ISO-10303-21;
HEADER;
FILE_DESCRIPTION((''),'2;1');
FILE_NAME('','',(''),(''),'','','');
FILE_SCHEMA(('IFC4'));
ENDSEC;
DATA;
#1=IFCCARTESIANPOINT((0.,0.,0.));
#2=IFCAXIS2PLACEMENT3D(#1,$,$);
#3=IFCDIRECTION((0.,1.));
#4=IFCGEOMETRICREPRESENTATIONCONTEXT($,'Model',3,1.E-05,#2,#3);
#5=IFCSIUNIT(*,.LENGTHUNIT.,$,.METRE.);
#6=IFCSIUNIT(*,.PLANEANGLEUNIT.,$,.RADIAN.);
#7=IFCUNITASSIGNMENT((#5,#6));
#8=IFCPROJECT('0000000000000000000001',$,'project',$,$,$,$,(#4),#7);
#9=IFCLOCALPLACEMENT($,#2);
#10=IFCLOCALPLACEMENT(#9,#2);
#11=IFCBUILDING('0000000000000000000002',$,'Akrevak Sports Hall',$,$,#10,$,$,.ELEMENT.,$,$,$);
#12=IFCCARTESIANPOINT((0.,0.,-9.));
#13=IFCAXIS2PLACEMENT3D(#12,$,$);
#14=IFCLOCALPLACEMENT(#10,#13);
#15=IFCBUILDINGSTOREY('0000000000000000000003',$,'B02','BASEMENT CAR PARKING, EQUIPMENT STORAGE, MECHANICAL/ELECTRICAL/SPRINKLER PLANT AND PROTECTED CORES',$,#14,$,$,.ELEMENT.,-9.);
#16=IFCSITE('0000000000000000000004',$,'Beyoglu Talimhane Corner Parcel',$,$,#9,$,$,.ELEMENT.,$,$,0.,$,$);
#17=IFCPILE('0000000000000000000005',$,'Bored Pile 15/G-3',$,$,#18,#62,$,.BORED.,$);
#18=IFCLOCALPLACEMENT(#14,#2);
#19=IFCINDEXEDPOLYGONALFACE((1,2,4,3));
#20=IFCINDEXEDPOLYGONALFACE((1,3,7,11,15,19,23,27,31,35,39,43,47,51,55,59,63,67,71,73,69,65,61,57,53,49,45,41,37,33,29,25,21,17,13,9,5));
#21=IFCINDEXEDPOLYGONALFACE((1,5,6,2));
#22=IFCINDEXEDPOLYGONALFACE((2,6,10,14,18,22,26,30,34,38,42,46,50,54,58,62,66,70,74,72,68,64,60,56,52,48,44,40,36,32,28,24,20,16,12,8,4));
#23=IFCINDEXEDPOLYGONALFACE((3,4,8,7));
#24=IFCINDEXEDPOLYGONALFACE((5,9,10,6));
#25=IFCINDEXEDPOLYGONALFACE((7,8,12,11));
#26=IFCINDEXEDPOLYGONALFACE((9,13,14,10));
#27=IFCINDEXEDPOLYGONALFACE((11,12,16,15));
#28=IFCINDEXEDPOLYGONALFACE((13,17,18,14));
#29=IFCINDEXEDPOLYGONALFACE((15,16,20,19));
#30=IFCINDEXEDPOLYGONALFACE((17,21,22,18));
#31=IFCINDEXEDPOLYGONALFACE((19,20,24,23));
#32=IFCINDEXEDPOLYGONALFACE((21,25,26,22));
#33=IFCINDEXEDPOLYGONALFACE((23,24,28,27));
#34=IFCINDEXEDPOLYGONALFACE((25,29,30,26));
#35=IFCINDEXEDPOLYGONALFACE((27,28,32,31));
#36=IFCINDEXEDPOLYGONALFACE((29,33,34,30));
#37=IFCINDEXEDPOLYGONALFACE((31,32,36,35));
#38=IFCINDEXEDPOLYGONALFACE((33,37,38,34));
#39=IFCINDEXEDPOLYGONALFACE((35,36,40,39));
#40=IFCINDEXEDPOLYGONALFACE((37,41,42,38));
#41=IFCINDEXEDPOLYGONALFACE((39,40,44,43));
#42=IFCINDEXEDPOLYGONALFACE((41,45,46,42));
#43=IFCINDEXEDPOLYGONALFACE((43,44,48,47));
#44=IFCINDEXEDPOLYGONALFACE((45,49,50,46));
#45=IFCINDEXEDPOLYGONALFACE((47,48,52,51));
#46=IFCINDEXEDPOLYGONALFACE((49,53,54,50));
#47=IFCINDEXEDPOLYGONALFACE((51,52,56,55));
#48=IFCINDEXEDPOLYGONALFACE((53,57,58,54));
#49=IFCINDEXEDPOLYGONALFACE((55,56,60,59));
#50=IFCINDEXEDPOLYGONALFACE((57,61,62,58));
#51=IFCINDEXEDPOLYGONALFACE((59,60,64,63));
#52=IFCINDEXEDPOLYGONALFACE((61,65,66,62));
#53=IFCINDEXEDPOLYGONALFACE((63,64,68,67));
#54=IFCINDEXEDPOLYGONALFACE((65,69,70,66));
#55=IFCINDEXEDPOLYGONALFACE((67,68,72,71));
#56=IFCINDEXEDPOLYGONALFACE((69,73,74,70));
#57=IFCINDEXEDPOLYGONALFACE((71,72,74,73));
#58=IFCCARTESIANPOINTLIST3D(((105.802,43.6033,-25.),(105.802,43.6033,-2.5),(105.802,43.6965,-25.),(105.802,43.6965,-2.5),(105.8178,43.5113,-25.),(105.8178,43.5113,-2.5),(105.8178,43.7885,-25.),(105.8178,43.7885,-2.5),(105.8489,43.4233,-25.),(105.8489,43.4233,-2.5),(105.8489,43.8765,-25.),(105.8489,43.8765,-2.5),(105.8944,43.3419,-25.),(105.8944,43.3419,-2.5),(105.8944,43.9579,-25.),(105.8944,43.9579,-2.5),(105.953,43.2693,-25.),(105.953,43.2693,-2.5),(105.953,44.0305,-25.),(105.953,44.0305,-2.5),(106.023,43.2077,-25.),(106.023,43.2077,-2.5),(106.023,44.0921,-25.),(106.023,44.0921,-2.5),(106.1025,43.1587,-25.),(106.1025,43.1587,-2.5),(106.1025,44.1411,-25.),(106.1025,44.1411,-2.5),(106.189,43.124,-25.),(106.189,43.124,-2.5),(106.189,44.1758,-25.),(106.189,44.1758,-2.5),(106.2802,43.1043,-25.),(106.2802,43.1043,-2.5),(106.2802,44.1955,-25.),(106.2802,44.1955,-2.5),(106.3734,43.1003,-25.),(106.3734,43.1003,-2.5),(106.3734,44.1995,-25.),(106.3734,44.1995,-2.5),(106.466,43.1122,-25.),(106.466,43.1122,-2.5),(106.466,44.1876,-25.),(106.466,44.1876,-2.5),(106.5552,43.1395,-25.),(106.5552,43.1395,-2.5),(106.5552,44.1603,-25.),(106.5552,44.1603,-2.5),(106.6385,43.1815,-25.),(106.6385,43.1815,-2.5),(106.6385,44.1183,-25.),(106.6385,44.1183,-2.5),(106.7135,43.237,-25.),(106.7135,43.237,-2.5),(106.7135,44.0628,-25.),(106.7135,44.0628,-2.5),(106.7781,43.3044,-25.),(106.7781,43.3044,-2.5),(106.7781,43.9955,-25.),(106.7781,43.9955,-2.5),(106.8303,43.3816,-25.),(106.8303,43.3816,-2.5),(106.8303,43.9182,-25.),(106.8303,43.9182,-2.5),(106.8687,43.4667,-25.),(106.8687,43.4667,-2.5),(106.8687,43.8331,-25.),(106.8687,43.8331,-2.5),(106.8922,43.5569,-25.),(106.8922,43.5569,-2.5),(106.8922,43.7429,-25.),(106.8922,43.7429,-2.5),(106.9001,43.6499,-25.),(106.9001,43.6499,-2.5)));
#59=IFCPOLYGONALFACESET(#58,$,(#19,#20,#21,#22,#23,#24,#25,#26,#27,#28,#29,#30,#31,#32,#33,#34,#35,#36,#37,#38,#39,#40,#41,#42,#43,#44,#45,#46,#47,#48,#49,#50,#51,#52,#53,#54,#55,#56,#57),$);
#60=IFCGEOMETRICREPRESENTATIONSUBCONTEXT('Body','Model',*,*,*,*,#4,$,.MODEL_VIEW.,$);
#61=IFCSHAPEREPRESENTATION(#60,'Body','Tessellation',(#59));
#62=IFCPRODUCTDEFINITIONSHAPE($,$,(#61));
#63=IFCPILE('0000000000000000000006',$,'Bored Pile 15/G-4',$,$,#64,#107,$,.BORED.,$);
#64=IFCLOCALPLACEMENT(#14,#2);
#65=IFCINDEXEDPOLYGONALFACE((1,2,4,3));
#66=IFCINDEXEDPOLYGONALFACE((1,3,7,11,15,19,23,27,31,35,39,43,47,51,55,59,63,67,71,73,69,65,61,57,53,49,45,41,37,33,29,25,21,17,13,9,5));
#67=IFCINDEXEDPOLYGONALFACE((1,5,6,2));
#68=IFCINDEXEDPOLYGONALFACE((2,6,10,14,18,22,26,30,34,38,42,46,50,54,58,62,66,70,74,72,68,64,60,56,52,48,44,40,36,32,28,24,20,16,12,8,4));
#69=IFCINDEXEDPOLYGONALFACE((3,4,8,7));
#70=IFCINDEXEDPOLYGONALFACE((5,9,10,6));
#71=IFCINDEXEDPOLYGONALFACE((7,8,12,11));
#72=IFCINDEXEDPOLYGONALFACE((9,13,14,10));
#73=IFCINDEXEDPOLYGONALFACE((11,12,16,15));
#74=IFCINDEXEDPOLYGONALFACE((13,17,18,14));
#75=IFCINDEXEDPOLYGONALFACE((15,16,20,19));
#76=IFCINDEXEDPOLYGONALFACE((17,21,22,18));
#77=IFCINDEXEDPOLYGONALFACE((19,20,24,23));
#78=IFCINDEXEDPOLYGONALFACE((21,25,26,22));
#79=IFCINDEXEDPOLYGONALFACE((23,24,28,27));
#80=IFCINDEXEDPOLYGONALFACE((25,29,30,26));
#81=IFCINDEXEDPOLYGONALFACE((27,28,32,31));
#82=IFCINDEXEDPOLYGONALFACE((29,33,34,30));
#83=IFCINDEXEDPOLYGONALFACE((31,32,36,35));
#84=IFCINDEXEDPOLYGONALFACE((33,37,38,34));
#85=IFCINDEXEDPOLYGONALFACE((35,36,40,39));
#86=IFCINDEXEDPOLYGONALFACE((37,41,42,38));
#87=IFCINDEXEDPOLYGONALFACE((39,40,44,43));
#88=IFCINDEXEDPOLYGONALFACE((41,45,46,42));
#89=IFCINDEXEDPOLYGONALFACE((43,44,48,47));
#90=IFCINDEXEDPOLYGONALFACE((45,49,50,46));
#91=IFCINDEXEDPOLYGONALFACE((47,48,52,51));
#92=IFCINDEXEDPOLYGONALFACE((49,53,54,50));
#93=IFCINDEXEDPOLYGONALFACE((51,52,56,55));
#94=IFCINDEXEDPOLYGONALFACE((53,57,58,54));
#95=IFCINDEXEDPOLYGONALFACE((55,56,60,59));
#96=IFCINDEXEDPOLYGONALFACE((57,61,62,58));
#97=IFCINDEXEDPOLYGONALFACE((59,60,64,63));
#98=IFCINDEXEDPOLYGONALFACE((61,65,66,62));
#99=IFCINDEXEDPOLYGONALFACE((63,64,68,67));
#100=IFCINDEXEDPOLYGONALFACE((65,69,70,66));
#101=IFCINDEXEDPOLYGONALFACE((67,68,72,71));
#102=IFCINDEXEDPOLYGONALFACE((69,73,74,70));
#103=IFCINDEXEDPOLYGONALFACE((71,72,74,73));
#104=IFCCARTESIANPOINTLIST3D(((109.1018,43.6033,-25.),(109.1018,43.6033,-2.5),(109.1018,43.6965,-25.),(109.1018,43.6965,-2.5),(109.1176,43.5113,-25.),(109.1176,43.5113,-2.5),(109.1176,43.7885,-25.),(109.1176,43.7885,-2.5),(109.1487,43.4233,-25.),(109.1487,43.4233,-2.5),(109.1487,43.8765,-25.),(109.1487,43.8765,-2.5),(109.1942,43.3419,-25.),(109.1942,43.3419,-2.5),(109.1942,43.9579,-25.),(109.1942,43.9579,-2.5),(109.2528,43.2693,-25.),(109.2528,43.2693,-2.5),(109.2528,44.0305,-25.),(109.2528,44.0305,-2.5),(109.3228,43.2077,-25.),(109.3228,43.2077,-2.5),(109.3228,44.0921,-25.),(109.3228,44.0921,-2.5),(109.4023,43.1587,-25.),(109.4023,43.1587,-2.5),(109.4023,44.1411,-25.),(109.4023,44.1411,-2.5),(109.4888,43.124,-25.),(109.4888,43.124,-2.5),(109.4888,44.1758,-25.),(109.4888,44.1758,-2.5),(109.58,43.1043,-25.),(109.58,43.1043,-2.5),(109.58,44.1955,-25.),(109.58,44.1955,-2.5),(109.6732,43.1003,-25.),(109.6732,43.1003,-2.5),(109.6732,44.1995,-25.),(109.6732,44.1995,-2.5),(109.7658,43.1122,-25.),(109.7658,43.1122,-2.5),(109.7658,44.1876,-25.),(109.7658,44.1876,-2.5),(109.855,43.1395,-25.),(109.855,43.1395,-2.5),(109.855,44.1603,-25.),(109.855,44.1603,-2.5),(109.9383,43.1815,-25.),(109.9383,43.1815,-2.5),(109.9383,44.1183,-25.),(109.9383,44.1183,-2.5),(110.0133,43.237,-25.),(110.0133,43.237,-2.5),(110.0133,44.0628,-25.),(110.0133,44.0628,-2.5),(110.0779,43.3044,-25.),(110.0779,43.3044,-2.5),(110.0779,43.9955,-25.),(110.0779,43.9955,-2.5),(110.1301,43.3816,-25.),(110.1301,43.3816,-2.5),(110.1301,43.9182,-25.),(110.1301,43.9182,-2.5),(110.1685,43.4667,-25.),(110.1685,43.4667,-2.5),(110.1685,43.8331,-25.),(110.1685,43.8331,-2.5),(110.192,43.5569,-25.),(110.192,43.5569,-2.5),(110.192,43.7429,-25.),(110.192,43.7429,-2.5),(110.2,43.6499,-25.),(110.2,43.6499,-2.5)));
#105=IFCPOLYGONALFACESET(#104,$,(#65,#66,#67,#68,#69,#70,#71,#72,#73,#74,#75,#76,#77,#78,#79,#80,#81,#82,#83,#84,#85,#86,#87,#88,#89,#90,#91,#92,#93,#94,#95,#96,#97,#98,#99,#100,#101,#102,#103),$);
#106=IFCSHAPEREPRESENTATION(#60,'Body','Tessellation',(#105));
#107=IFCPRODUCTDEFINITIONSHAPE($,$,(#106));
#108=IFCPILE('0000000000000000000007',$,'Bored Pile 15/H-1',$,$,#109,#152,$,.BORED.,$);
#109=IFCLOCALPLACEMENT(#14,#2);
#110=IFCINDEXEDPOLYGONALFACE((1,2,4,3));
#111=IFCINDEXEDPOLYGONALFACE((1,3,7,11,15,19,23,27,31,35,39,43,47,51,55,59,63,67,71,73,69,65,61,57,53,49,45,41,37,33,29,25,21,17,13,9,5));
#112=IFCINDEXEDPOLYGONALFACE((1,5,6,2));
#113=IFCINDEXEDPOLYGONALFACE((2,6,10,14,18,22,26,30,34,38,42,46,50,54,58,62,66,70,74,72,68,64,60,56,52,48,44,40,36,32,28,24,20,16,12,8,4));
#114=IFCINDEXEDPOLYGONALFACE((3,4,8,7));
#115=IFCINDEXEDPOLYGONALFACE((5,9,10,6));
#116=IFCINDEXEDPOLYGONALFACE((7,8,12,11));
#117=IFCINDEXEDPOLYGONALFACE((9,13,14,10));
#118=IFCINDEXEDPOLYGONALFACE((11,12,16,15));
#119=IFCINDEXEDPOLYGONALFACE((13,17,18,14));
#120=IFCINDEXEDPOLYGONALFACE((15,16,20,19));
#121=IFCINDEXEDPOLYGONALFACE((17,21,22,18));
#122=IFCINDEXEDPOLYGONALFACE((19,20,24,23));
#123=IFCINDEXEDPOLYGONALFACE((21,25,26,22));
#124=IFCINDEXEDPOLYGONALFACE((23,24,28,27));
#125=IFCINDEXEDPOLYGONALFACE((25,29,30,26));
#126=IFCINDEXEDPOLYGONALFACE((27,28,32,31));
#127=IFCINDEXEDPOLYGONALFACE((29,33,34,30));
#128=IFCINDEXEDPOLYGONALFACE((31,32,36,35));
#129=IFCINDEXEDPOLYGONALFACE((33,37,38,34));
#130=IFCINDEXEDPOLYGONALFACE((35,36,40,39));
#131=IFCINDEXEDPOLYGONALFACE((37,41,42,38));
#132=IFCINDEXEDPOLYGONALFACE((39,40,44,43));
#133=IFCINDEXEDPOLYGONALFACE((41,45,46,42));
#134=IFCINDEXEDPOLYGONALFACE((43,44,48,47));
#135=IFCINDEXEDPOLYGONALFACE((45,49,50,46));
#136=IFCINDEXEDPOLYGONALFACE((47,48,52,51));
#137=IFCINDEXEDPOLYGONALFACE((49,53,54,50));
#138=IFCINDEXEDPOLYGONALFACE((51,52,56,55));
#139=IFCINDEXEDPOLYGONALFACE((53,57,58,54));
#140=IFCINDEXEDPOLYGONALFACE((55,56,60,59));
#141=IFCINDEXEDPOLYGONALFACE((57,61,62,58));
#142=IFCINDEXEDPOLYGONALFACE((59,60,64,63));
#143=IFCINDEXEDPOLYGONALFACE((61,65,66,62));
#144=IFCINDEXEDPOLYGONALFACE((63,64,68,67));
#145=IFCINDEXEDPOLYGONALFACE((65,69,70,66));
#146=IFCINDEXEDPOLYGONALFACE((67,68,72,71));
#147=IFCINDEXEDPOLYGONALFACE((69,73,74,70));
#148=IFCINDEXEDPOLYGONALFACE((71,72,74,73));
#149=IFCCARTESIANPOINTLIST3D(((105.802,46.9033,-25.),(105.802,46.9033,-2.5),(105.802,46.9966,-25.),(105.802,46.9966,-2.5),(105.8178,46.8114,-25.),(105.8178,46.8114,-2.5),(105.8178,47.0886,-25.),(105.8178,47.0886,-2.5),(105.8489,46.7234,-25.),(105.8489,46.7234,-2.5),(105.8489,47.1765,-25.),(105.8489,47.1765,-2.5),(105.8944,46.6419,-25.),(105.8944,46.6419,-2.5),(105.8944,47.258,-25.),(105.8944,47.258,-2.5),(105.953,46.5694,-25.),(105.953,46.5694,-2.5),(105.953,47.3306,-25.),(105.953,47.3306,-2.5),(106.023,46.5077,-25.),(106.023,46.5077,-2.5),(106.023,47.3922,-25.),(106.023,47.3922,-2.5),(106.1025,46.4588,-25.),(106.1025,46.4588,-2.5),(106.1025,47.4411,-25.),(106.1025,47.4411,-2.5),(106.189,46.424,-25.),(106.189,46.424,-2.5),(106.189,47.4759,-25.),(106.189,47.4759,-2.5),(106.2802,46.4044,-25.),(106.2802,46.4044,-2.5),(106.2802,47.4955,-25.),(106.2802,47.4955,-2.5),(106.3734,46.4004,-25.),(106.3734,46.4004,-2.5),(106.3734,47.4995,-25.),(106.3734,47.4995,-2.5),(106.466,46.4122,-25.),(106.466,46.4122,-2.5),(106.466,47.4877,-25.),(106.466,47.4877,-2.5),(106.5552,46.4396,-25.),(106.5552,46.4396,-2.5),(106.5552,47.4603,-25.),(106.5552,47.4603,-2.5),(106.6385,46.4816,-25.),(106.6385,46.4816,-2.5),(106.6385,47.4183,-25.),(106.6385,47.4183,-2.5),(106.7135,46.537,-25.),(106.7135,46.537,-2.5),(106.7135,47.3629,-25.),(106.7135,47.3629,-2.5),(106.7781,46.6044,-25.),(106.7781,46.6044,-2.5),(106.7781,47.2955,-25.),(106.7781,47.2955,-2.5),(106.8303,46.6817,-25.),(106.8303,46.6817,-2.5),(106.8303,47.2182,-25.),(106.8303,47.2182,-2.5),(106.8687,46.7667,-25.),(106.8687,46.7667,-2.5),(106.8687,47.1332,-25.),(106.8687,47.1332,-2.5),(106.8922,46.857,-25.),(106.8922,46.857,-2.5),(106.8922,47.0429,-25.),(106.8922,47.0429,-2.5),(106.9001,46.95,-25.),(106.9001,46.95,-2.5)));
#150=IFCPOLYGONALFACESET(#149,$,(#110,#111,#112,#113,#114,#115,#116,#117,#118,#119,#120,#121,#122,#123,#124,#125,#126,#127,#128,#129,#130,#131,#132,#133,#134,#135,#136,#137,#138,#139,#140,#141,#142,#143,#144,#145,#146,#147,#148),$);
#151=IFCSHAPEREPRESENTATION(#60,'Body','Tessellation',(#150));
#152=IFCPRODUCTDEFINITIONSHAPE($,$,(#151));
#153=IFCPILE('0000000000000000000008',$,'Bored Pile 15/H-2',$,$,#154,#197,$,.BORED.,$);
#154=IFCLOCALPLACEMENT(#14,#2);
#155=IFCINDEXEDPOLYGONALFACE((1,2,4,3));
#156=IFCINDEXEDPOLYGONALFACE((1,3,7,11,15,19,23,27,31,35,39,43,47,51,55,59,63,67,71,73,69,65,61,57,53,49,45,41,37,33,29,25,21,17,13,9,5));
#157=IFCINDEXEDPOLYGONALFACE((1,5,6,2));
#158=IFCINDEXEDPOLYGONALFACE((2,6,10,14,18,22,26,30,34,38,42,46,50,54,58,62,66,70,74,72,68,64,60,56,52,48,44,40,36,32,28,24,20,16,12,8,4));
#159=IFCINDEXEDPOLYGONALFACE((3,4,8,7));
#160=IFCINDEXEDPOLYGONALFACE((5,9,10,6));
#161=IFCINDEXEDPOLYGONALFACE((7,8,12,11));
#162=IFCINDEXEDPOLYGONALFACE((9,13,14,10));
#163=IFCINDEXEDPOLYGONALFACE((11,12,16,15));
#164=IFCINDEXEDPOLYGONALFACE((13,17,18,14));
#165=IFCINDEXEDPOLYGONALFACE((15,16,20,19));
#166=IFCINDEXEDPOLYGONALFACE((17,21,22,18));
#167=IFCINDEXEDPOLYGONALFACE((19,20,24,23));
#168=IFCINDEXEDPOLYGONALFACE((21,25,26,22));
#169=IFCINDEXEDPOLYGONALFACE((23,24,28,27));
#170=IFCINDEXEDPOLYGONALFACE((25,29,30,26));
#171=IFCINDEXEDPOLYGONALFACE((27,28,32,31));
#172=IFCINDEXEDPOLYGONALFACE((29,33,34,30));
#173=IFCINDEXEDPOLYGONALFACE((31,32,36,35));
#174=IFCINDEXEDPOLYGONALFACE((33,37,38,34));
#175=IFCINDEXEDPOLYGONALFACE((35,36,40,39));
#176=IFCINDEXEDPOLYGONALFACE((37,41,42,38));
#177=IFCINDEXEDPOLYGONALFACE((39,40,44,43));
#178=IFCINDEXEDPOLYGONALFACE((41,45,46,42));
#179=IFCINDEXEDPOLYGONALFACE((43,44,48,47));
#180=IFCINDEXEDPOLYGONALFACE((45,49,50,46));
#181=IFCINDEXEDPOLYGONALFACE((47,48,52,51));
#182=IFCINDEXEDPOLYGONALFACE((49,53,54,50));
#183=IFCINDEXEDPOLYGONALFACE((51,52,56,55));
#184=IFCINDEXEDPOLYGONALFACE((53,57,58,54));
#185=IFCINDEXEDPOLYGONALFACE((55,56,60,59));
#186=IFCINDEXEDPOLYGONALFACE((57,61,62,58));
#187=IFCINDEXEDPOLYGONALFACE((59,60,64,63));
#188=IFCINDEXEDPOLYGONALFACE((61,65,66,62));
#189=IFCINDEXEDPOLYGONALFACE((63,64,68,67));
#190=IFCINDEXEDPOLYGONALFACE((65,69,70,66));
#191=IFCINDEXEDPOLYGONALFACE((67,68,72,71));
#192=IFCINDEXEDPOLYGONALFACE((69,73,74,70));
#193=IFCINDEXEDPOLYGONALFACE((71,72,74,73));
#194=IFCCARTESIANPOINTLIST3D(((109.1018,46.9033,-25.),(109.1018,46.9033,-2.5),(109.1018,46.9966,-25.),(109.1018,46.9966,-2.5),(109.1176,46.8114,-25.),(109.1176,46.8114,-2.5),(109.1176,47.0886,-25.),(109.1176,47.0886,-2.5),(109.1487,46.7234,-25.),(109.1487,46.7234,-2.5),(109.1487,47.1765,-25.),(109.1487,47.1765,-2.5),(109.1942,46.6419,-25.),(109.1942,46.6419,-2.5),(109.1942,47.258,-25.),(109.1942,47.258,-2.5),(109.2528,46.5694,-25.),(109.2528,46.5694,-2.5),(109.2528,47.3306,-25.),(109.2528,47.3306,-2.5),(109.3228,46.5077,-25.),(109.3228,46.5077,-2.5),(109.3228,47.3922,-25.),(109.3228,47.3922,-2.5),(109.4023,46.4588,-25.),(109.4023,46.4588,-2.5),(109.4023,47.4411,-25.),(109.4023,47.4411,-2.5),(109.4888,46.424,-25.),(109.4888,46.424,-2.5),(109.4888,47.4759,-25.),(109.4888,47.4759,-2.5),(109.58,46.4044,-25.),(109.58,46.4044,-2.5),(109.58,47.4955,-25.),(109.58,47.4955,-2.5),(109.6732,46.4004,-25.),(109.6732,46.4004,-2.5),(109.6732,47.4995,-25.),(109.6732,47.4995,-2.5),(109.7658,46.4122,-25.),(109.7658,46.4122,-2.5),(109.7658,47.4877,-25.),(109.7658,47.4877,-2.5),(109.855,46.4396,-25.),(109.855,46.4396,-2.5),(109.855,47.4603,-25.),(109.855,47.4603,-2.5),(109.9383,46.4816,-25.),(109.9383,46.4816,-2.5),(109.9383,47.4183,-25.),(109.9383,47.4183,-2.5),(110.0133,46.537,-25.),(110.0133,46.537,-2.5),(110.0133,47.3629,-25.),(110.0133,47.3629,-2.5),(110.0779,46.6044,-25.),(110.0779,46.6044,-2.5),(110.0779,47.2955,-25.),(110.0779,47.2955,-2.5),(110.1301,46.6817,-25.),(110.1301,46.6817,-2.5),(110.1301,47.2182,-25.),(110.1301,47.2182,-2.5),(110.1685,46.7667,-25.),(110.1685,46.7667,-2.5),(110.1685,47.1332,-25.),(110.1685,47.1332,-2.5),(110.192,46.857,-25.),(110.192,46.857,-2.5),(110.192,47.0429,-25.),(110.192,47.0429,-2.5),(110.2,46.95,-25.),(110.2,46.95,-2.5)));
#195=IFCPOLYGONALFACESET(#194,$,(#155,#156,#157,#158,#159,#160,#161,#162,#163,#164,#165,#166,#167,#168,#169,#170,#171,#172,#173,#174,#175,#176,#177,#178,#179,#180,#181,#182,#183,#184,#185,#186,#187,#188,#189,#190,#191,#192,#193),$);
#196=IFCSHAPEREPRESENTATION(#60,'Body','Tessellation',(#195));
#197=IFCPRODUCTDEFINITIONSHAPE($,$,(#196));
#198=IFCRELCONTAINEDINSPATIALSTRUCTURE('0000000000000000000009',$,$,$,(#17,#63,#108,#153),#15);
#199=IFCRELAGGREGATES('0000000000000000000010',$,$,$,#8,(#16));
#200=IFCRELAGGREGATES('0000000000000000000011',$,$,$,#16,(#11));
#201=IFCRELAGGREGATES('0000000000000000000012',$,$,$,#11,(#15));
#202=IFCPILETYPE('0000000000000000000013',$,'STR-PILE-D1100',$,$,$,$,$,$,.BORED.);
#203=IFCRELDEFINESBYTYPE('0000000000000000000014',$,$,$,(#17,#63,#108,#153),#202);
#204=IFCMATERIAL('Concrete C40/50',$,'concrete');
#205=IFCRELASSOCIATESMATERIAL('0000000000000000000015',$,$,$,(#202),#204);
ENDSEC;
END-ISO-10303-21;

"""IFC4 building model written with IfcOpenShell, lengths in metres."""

from ifc_helpers import new_model, si_unit, direction, frame, origin, origin_2d, place, context, subcontext, project, spatial, circle, extrude, material, material_profile, profile_set, type_object, element, save


model = new_model("IFC4")

# Units and contexts
model_context = context("Model", 3, precision=1e-05, world=origin(), true_north=direction((0.0, 1.0)))
body_context = subcontext(model_context, "Body", "Model", "MODEL_VIEW")
ifc_project = project(units=[si_unit("LENGTHUNIT", "METRE"), si_unit("PLANEANGLEUNIT", "RADIAN")], contexts=[model_context])

# Site, building, storey
site_placement = place(None, origin())
site = spatial("IfcSite", under=ifc_project, at=site_placement, Name="Beyoglu Talimhane Corner Parcel", CompositionType="ELEMENT", RefElevation=0.0)
building_placement = place(site_placement, origin())
building = spatial("IfcBuilding", under=site, at=building_placement, Name="Akrevak Sports Hall", CompositionType="ELEMENT")
storey_placement = place(building_placement, frame((0.0, 0.0, -9.0)))
storey = spatial("IfcBuildingStorey", under=building, at=storey_placement, Name="B02", Description="BASEMENT CAR PARKING, EQUIPMENT STORAGE, MECHANICAL/ELECTRICAL/SPRINKLER PLANT AND PROTECTED CORES", CompositionType="ELEMENT", Elevation=-9.0)

# Shared definitions
ifc_material_1 = material(Name="Concrete C40/50", Category="concrete")

# Piles
ifc_material_profile_1 = material_profile(ifc_material_1, circle(Radius=0.55, at=origin_2d()), Name="BORED PILE D1100", Category="concrete")
ifc_profile_set_1 = profile_set([ifc_material_profile_1], Name="Concrete C40/50")
pile_type = type_object("IfcPileType", Name="STR-PILE-D1100", PredefinedType="BORED", material=ifc_profile_set_1)
for number, where, z_axis, x_axis, name in (
    (1, (106.3501, 43.6499, -2.5), (0.0, 0.0, -1.0), (1.0, 0.0, 0.0), "Bored Pile 15/G-3"),
    (2, (109.6499, 43.6499, -2.5), (0.0, 0.0, -1.0), (1.0, 0.0, 0.0), "Bored Pile 15/G-4"),
    (3, (106.3501, 46.95, -2.5), (0.0, 0.0, -1.0), (1.0, 0.0, 0.0), "Bored Pile 15/H-1"),
    (4, (109.6499, 46.95, -2.5), (0.0, 0.0, -1.0), (1.0, 0.0, 0.0), "Bored Pile 15/H-2"),
):
    element("IfcPile", number, at=place(storey_placement, frame(where, z_axis=z_axis, x_axis=x_axis)), inside=storey, type_object=pile_type, Name=name, PredefinedType="BORED", context=body_context, shape_type="SweptSolid", body=[
        extrude(circle(Radius=0.55, at=origin_2d()), origin(), (0.0, 0.0, 1.0), 22.5),
    ])

save(model, "model.ifc")
